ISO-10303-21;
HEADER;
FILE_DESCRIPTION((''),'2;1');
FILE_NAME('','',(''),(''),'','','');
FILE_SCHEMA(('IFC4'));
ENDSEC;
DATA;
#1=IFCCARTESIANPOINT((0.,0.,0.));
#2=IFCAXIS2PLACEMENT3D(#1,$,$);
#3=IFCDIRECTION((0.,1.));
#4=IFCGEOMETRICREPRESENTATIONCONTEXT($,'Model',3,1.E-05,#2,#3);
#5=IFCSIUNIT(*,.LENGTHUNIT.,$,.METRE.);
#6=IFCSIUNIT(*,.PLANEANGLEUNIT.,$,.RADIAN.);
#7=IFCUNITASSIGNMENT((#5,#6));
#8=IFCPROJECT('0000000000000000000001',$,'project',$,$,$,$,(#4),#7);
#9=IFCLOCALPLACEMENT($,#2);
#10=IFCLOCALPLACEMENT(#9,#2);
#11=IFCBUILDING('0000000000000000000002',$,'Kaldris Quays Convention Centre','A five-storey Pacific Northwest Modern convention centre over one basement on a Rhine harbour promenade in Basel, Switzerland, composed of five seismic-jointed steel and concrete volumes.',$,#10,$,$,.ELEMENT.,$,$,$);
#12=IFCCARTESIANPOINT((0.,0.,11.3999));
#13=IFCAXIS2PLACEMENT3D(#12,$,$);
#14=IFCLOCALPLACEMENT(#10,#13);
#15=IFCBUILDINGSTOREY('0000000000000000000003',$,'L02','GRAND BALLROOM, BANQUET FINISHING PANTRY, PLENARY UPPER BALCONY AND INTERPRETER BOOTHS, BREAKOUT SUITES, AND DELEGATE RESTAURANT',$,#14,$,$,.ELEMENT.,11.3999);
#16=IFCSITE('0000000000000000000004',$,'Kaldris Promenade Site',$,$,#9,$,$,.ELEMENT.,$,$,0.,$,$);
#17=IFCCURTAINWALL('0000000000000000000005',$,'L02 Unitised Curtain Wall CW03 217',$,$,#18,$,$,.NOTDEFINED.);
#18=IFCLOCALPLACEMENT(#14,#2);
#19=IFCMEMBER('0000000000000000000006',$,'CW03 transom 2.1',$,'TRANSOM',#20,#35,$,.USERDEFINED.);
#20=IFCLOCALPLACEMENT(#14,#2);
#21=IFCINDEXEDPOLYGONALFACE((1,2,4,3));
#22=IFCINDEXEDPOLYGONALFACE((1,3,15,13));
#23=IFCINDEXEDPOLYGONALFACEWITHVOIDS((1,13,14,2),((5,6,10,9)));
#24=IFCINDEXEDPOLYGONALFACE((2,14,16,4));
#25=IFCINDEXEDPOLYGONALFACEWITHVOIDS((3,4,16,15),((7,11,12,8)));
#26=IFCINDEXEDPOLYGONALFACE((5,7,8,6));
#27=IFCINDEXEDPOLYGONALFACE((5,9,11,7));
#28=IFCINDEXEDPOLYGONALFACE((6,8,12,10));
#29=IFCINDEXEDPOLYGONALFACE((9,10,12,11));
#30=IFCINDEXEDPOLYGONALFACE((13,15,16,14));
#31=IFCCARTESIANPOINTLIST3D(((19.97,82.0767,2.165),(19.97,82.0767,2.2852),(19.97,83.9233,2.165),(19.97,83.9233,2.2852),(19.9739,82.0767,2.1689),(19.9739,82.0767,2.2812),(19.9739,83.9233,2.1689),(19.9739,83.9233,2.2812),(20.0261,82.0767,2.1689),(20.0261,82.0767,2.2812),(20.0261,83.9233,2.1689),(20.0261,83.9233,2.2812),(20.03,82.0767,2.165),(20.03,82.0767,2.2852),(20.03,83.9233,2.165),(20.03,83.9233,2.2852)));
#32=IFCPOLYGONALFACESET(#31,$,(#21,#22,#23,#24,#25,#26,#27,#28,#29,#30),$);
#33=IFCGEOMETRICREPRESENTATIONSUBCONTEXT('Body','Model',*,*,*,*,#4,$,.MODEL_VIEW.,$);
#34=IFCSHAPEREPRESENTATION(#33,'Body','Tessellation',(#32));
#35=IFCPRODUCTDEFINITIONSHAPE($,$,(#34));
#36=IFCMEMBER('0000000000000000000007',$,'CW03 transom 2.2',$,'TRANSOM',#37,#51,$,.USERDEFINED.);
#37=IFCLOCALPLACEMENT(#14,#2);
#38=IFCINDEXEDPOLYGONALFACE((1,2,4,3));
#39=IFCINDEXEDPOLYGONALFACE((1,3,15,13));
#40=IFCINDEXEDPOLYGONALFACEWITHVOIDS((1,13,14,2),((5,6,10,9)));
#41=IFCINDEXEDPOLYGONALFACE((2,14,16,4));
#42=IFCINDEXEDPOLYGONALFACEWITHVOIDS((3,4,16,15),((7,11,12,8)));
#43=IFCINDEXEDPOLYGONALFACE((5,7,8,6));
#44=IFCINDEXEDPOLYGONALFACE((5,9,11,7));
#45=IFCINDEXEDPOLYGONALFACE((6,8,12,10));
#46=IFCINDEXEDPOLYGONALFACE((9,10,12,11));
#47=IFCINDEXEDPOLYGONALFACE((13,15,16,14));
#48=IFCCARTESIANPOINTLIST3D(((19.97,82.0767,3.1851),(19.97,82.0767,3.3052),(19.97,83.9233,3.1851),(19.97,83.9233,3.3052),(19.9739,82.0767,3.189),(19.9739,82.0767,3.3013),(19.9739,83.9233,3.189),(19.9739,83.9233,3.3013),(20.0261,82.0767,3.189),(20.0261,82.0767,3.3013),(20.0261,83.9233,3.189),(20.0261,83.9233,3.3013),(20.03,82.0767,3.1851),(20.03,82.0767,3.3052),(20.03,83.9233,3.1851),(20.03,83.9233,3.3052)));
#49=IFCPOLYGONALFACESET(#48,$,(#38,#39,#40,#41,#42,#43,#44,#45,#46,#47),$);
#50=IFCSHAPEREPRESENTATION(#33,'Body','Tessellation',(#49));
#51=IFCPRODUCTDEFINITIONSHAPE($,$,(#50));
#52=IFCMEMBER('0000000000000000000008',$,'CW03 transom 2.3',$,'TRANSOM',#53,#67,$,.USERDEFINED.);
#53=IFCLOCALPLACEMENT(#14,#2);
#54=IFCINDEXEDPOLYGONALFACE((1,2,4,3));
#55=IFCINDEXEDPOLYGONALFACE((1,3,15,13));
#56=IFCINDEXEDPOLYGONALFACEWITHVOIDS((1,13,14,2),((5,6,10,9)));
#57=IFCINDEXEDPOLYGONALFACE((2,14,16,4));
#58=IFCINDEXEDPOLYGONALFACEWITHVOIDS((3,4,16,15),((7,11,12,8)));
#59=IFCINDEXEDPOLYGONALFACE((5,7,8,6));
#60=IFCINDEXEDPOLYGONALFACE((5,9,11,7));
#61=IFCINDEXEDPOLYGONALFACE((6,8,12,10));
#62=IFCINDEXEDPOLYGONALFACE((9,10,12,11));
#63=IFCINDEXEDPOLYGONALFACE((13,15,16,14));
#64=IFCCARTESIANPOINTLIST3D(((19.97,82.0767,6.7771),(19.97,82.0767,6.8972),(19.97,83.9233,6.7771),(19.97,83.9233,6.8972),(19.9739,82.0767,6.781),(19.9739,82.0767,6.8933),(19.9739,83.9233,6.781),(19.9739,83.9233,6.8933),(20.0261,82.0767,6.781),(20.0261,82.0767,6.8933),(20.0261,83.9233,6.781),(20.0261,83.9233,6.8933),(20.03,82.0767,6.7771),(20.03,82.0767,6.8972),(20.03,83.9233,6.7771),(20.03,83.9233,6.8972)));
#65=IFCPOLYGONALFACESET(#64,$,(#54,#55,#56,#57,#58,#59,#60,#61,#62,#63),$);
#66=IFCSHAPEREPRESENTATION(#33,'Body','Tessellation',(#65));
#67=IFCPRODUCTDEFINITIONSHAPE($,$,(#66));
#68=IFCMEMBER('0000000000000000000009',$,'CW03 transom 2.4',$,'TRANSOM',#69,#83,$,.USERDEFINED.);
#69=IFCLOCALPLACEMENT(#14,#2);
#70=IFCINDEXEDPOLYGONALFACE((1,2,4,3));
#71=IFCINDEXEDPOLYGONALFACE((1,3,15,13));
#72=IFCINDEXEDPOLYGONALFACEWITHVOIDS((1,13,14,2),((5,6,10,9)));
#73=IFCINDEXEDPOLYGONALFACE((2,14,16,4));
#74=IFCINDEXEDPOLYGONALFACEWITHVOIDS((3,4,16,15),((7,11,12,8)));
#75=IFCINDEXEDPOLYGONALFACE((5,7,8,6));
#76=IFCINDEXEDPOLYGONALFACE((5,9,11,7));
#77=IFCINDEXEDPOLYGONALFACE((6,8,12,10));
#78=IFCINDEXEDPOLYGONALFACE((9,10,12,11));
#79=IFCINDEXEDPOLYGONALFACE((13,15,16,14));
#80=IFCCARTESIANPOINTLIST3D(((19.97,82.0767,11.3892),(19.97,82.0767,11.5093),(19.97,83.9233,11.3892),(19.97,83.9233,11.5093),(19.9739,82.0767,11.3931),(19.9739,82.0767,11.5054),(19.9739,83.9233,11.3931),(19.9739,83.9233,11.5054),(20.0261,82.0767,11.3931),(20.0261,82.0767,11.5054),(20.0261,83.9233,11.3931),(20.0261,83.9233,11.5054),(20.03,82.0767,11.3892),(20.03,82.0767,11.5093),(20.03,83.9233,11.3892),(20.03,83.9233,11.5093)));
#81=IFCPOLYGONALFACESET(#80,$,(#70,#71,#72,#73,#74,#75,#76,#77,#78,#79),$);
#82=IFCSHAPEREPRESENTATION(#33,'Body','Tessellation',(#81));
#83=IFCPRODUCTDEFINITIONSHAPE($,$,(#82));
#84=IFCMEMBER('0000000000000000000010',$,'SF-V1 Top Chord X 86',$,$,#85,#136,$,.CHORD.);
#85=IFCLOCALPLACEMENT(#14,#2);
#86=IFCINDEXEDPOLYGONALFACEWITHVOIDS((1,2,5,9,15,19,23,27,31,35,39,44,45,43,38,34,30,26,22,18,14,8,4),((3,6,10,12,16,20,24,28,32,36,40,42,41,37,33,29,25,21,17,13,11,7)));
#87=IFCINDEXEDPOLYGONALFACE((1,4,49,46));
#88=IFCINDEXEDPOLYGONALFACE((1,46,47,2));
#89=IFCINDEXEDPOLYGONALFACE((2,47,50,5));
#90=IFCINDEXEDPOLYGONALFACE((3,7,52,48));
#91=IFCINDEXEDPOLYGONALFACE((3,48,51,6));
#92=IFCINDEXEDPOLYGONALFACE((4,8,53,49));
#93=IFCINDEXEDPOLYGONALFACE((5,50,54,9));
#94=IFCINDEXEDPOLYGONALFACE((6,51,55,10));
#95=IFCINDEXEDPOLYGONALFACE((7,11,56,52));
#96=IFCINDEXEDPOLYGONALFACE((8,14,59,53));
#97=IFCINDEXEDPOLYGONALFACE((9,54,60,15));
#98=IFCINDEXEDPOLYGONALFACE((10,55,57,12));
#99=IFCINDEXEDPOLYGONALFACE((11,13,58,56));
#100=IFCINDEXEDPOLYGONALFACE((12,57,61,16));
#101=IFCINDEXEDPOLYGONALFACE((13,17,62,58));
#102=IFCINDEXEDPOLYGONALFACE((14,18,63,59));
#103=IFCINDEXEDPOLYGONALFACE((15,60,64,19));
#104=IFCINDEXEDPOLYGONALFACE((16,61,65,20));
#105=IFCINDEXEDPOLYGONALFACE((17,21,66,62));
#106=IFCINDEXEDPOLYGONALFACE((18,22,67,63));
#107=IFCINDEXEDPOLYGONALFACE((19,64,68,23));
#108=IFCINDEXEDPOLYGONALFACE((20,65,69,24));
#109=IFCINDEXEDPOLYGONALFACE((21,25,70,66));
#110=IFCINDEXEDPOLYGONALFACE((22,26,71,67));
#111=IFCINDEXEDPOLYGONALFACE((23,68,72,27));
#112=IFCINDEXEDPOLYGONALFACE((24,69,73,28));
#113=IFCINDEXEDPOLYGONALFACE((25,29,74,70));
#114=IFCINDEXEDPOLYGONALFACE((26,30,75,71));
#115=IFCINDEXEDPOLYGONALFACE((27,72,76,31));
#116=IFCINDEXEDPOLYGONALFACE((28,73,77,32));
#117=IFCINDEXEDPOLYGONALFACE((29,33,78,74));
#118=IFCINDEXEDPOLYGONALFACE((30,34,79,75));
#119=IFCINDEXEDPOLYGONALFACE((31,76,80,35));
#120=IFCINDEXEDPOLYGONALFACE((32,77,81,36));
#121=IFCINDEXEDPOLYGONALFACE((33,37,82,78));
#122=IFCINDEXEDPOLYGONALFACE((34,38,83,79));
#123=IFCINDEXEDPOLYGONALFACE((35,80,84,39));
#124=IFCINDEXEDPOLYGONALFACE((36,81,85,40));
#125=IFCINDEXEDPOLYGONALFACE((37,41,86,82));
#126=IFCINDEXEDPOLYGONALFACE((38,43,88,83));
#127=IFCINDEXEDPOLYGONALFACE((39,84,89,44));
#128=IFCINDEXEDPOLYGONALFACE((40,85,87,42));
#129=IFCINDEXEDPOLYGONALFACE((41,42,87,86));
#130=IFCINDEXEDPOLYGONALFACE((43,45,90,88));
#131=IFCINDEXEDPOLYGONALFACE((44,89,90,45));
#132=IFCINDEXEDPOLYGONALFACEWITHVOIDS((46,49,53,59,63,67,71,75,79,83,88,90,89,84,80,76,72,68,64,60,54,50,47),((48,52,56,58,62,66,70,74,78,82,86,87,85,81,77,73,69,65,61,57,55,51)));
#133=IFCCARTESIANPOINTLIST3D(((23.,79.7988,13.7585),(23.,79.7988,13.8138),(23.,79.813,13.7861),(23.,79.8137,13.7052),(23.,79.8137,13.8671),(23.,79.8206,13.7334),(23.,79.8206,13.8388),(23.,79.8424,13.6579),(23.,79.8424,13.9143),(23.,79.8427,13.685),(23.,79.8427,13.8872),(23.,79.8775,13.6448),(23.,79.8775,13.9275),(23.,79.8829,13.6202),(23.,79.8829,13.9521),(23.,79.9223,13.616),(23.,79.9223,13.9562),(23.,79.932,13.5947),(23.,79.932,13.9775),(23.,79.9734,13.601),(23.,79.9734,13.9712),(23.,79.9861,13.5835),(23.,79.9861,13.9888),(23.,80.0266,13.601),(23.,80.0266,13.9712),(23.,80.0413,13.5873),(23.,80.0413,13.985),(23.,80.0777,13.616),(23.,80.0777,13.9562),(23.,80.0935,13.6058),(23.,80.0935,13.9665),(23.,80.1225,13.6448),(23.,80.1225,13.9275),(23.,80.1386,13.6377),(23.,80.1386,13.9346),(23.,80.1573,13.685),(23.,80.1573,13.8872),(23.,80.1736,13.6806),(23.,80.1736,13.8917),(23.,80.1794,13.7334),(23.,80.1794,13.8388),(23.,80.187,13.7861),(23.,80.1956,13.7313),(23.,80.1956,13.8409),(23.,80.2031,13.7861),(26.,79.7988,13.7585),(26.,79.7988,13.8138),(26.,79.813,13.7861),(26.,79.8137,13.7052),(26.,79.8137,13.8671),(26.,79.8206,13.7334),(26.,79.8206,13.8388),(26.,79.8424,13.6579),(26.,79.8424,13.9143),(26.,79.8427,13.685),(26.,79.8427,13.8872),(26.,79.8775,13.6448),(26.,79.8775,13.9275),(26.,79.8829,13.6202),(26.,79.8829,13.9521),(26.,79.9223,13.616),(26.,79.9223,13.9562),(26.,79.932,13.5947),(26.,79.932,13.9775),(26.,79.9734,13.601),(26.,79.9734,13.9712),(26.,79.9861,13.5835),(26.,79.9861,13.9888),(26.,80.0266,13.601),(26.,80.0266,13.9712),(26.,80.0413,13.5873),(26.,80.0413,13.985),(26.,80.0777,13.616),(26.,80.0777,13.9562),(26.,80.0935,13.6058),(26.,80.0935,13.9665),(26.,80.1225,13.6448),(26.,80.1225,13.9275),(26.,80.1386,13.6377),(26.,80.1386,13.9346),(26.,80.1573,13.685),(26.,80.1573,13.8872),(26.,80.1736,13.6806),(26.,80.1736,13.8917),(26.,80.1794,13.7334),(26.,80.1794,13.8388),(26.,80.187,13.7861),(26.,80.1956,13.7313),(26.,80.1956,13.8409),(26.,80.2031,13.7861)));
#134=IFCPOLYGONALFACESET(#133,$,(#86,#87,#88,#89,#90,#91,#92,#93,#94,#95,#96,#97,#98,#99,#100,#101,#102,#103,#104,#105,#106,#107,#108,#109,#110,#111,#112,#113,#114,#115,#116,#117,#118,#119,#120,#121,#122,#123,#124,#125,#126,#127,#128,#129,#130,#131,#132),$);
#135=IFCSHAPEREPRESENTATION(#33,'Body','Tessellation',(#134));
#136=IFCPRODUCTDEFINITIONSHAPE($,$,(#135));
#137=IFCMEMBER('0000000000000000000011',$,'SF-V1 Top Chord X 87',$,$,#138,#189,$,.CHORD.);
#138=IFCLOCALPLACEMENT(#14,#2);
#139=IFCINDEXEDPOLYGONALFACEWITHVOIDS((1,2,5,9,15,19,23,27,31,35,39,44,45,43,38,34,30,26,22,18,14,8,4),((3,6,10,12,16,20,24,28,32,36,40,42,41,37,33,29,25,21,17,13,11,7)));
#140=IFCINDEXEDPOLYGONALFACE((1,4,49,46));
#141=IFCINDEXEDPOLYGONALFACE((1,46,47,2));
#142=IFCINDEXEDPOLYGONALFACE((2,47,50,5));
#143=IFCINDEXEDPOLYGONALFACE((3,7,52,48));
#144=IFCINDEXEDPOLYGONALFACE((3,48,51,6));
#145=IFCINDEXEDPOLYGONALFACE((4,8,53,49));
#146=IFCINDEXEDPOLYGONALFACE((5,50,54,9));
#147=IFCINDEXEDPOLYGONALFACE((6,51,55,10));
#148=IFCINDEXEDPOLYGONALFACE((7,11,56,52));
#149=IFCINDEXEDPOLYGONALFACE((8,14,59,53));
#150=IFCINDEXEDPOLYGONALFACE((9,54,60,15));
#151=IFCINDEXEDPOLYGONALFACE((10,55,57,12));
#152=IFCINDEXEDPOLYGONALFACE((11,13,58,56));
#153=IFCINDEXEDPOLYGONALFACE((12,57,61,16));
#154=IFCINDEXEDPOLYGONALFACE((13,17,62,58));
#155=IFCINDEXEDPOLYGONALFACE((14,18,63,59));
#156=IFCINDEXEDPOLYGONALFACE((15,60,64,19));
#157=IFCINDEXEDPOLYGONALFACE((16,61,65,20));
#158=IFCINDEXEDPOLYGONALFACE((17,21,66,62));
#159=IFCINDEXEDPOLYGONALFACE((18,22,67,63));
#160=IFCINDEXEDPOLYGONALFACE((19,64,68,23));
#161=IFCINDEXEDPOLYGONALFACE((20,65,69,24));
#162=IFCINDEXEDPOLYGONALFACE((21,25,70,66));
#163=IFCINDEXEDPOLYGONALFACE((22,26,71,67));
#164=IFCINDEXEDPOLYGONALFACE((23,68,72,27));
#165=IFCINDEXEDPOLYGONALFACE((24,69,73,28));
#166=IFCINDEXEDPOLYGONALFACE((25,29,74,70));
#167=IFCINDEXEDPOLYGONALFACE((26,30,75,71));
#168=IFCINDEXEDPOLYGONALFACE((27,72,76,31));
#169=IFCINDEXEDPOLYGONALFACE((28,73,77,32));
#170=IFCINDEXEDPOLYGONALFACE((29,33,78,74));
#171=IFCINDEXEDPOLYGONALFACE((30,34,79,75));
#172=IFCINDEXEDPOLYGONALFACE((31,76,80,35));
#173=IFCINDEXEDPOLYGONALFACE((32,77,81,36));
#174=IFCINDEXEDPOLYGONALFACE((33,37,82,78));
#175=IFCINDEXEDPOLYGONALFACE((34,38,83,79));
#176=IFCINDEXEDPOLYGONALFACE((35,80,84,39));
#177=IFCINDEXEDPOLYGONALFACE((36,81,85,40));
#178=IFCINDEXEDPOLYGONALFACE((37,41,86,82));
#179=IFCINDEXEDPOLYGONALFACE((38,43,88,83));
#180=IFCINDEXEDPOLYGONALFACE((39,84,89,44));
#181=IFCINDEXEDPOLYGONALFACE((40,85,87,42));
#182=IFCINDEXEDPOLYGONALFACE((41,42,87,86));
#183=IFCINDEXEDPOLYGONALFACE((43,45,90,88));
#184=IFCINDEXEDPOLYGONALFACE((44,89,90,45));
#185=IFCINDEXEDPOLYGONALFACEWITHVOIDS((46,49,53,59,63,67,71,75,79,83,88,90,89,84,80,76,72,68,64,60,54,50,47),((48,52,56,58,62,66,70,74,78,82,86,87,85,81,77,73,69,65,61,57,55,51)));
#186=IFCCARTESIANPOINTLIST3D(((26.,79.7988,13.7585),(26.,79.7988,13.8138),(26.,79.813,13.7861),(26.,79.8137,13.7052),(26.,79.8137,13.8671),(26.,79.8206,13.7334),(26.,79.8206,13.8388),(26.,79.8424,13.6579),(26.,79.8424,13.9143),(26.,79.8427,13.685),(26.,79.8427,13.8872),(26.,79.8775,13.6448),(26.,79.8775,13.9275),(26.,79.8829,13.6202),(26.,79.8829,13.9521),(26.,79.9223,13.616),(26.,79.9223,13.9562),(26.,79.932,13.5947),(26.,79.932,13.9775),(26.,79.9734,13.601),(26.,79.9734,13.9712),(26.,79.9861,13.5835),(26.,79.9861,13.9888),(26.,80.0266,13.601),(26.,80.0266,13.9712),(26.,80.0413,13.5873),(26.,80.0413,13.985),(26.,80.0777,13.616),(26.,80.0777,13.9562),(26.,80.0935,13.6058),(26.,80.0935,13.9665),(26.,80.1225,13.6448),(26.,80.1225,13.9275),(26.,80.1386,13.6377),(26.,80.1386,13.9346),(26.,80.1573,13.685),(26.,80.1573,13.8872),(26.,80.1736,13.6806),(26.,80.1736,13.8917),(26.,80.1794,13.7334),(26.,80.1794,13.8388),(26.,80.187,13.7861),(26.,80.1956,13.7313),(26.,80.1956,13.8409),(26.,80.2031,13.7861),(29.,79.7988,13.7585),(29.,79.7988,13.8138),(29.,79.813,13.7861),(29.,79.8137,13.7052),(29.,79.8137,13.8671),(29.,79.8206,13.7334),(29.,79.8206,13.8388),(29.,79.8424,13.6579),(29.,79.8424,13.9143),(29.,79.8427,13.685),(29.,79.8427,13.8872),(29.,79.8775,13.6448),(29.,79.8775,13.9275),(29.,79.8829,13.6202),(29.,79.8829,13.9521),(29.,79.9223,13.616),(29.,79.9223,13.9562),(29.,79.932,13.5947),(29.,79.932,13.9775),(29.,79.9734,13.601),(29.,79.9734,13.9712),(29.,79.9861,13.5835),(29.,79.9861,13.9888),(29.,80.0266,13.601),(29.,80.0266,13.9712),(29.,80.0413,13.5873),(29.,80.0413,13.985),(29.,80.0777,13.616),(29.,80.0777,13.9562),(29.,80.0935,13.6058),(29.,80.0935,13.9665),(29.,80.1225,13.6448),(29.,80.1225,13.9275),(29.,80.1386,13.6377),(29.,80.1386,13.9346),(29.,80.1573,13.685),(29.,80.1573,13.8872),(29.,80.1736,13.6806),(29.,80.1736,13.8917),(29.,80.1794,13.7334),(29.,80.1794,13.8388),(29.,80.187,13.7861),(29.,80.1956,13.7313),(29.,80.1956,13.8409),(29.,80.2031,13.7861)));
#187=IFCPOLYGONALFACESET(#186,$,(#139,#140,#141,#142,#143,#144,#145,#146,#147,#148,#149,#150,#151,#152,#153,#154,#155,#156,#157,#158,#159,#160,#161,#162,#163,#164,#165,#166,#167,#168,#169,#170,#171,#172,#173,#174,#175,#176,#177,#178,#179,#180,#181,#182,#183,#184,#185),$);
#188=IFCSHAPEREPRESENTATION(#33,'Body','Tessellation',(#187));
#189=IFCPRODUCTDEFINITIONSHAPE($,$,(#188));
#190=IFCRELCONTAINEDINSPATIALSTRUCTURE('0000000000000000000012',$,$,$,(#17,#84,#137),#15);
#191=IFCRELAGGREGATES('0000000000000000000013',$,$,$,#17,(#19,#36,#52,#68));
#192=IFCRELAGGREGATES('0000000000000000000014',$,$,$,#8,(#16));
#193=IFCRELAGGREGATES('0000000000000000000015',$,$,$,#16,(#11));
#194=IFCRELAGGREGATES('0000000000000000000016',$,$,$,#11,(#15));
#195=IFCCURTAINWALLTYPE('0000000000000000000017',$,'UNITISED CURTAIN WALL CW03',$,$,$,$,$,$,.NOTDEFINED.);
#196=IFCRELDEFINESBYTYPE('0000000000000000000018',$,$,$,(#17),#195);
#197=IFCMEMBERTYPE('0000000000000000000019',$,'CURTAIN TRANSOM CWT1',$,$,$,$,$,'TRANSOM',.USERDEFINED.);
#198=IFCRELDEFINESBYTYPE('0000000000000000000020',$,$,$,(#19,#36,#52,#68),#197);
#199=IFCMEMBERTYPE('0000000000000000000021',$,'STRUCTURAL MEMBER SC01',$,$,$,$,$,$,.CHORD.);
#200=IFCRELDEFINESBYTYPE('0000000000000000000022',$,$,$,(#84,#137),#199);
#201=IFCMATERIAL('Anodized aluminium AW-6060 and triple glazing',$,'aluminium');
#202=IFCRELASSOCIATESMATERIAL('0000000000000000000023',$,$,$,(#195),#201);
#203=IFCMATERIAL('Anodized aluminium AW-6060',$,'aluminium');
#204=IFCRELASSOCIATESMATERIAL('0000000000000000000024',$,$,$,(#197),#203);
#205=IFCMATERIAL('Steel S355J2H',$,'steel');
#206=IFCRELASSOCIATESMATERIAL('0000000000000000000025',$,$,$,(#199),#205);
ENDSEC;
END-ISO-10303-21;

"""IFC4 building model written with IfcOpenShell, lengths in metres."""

from ifc_helpers import new_model, si_unit, direction, frame, origin, origin_2d, place, context, subcontext, project, spatial, hollow_rectangle, hollow_circle, extrude, material, material_profile, profile_set, type_object, element, aggregate, save


model = new_model("IFC4")

# Units and contexts
model_context = context("Model", 3, precision=1e-05, world=origin(), true_north=direction((0.0, 1.0)))
body_context = subcontext(model_context, "Body", "Model", "MODEL_VIEW")
ifc_project = project(units=[si_unit("LENGTHUNIT", "METRE"), si_unit("PLANEANGLEUNIT", "RADIAN")], contexts=[model_context])

# Site, building, storey
site_placement = place(None, origin())
site = spatial("IfcSite", under=ifc_project, at=site_placement, Name="Kaldris Promenade Site", CompositionType="ELEMENT", RefElevation=0.0)
building_placement = place(site_placement, origin())
building = spatial("IfcBuilding", under=site, at=building_placement, Name="Kaldris Quays Convention Centre", Description="A five-storey Pacific Northwest Modern convention centre over one basement on a Rhine harbour promenade in Basel, Switzerland, composed of five seismic-jointed steel and concrete volumes.", CompositionType="ELEMENT")
storey_placement = place(building_placement, frame((0.0, 0.0, 11.3999)))
storey = spatial("IfcBuildingStorey", under=building, at=storey_placement, Name="L02", Description="GRAND BALLROOM, BANQUET FINISHING PANTRY, PLENARY UPPER BALCONY AND INTERPRETER BOOTHS, BREAKOUT SUITES, AND DELEGATE RESTAURANT", CompositionType="ELEMENT", Elevation=11.3999)

# Curtain wall, members
ifc_material_1 = material(Name="Anodized aluminium AW-6060 and triple glazing", Category="aluminium")
curtain_wall_type = type_object("IfcCurtainWallType", Name="UNITISED CURTAIN WALL CW03", PredefinedType="NOTDEFINED", material=ifc_material_1)
curtain_wall_placement = place(storey_placement, origin())
curtain_wall = element("IfcCurtainWall", 1, at=curtain_wall_placement, inside=storey, type_object=curtain_wall_type, Name="L02 Unitised Curtain Wall CW03 217", PredefinedType="NOTDEFINED")
ifc_material_2 = material(Name="Anodized aluminium AW-6060", Category="aluminium")
ifc_material_profile_1 = material_profile(ifc_material_2, hollow_rectangle(XDim=0.0601, YDim=0.1201, WallThickness=0.0039, at=origin_2d()), Name="RHS 120x60x4")
ifc_profile_set_1 = profile_set([ifc_material_profile_1], Name="Anodized aluminium AW-6060")
member_type_1 = type_object("IfcMemberType", Name="CURTAIN TRANSOM CWT1", ElementType="TRANSOM", PredefinedType="USERDEFINED", material=ifc_profile_set_1)
member_1_placement = place(storey_placement, frame((20.0, 82.0767, 2.2251), z_axis=(0.0, 1.0, 0.0), x_axis=(-1.0, 0.0, 0.0)))
member_1 = element("IfcMember", 2, at=member_1_placement, type_object=member_type_1, Name="CW03 transom 2.1", ObjectType="TRANSOM", PredefinedType="USERDEFINED", context=body_context, shape_type="SweptSolid", body=[
    extrude(hollow_rectangle(XDim=0.0601, YDim=0.1201, WallThickness=0.0039, at=origin_2d()), origin(), (0.0, 0.0, 1.0), 1.8467),
])
member_2_placement = place(storey_placement, frame((20.0, 82.0767, 3.2451), z_axis=(0.0, 1.0, 0.0), x_axis=(-1.0, 0.0, 0.0)))
member_2 = element("IfcMember", 3, at=member_2_placement, type_object=member_type_1, Name="CW03 transom 2.2", ObjectType="TRANSOM", PredefinedType="USERDEFINED", context=body_context, shape_type="SweptSolid", body=[
    extrude(hollow_rectangle(XDim=0.0601, YDim=0.1201, WallThickness=0.0039, at=origin_2d()), origin(), (0.0, 0.0, 1.0), 1.8467),
])
member_3_placement = place(storey_placement, frame((20.0, 82.0767, 6.8372), z_axis=(0.0, 1.0, 0.0), x_axis=(-1.0, 0.0, 0.0)))
member_3 = element("IfcMember", 4, at=member_3_placement, type_object=member_type_1, Name="CW03 transom 2.3", ObjectType="TRANSOM", PredefinedType="USERDEFINED", context=body_context, shape_type="SweptSolid", body=[
    extrude(hollow_rectangle(XDim=0.0601, YDim=0.1201, WallThickness=0.0039, at=origin_2d()), origin(), (0.0, 0.0, 1.0), 1.8467),
])
member_4_placement = place(storey_placement, frame((20.0, 82.0767, 11.4492), z_axis=(0.0, 1.0, 0.0), x_axis=(-1.0, 0.0, 0.0)))
member_4 = element("IfcMember", 5, at=member_4_placement, type_object=member_type_1, Name="CW03 transom 2.4", ObjectType="TRANSOM", PredefinedType="USERDEFINED", context=body_context, shape_type="SweptSolid", body=[
    extrude(hollow_rectangle(XDim=0.0601, YDim=0.1201, WallThickness=0.0039, at=origin_2d()), origin(), (0.0, 0.0, 1.0), 1.8467),
])

# Members
ifc_material_3 = material(Name="Steel S355J2H", Category="steel")
ifc_material_profile_2 = material_profile(ifc_material_3, hollow_circle(Radius=0.2031, WallThickness=0.0161, at=origin_2d()), Name="CHS 406.4x16")
ifc_profile_set_2 = profile_set([ifc_material_profile_2], Name="Steel S355J2H")
member_type_2 = type_object("IfcMemberType", Name="STRUCTURAL MEMBER SC01", PredefinedType="CHORD", material=ifc_profile_set_2)
for number, where, z_axis, x_axis, name in (
    (6, (23.0, 80.0, 13.7861), (1.0, 0.0, 0.0), (0.0, 1.0, 0.0), "SF-V1 Top Chord X 86"),
    (7, (26.0, 80.0, 13.7861), (1.0, 0.0, 0.0), (0.0, 1.0, 0.0), "SF-V1 Top Chord X 87"),
):
    element("IfcMember", number, at=place(storey_placement, frame(where, z_axis=z_axis, x_axis=x_axis)), inside=storey, type_object=member_type_2, Name=name, PredefinedType="CHORD", context=body_context, shape_type="SweptSolid", body=[
        extrude(hollow_circle(Radius=0.2031, WallThickness=0.0161, at=origin_2d()), origin(), (0.0, 0.0, 1.0), 3.0),
    ])

aggregate(curtain_wall, [member_1, member_2, member_3, member_4])

save(model, "model.ifc")
